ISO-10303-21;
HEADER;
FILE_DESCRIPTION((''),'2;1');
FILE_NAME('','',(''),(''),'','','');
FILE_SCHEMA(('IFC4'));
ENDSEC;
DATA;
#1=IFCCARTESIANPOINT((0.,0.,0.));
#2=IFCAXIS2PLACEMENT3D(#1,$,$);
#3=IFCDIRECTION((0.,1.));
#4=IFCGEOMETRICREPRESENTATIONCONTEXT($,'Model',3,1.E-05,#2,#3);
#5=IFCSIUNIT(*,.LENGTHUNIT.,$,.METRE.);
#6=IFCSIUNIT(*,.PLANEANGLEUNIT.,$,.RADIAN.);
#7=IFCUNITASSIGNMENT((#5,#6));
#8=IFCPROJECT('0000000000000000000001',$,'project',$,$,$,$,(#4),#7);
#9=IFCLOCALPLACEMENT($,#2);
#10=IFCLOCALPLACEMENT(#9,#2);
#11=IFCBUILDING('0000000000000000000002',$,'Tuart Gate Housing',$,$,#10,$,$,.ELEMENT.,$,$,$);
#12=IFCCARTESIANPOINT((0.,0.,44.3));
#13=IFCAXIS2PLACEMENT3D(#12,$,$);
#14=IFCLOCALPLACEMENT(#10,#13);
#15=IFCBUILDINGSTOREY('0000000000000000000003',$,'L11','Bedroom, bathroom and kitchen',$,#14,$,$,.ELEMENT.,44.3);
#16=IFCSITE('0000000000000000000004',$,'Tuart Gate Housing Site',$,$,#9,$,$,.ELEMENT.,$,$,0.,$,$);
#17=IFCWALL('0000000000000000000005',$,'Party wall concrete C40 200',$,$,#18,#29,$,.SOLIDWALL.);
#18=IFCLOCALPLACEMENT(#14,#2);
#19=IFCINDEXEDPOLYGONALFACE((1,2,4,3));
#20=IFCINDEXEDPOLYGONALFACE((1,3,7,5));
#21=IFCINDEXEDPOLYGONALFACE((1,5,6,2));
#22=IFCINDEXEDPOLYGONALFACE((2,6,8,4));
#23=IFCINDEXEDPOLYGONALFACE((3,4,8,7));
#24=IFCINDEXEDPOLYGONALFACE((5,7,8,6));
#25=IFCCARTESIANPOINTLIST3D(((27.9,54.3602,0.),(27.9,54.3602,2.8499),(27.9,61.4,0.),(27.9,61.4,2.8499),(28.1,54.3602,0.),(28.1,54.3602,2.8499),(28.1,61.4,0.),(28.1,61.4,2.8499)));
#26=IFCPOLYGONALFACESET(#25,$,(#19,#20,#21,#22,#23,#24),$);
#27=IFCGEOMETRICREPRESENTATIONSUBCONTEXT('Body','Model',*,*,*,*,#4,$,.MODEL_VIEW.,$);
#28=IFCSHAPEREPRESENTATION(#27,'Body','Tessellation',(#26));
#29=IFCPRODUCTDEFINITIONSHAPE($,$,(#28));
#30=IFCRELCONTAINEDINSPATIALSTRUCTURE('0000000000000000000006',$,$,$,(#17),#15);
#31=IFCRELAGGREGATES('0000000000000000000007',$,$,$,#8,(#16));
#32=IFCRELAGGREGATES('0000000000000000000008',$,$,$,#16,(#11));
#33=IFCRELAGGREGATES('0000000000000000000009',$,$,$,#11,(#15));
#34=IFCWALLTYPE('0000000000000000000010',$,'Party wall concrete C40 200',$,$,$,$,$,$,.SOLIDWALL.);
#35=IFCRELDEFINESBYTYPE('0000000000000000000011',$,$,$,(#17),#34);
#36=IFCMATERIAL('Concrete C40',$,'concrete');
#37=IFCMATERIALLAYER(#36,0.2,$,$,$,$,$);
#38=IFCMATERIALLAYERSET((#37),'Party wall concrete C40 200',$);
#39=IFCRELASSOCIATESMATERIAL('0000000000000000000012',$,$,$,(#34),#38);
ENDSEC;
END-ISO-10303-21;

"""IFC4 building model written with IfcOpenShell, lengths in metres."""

from ifc_helpers import new_model, si_unit, direction, frame, frame_2d, origin, place, context, subcontext, project, spatial, rectangle, extrude, material, layer, layer_set, type_object, element, save


model = new_model("IFC4")

# Units and contexts
model_context = context("Model", 3, precision=1e-05, world=origin(), true_north=direction((0.0, 1.0)))
body_context = subcontext(model_context, "Body", "Model", "MODEL_VIEW")
ifc_project = project(units=[si_unit("LENGTHUNIT", "METRE"), si_unit("PLANEANGLEUNIT", "RADIAN")], contexts=[model_context])

# Site, building, storey
site_placement = place(None, origin())
site = spatial("IfcSite", under=ifc_project, at=site_placement, Name="Tuart Gate Housing Site", CompositionType="ELEMENT", RefElevation=0.0)
building_placement = place(site_placement, origin())
building = spatial("IfcBuilding", under=site, at=building_placement, Name="Tuart Gate Housing", CompositionType="ELEMENT")
storey_placement = place(building_placement, frame((0.0, 0.0, 44.3)))
storey = spatial("IfcBuildingStorey", under=building, at=storey_placement, Name="L11", Description="Bedroom, bathroom and kitchen", CompositionType="ELEMENT", Elevation=44.3)

# Wall
ifc_material_1 = material(Name="Concrete C40", Category="concrete")
ifc_layer_1 = layer(ifc_material_1, 0.2)
ifc_layer_set_1 = layer_set([ifc_layer_1], Name="Party wall concrete C40 200")
wall_type_1 = type_object("IfcWallType", Name="Party wall concrete C40 200", PredefinedType="SOLIDWALL", material=ifc_layer_set_1)
wall_1_placement = place(storey_placement, frame((28.0, 54.3601, 0.0), z_axis=(0.0, 0.0, 1.0), x_axis=(0.0, 1.0, 0.0)))
element("IfcWall", 1, at=wall_1_placement, inside=storey, type_object=wall_type_1, Name="Party wall concrete C40 200", PredefinedType="SOLIDWALL", context=body_context, shape_type="SweptSolid", body=[
    extrude(rectangle(XDim=7.0398, YDim=0.2, at=frame_2d((3.52, 0.0))), origin(), (0.0, 0.0, 1.0), 2.8499),
])

save(model, "model.ifc")
